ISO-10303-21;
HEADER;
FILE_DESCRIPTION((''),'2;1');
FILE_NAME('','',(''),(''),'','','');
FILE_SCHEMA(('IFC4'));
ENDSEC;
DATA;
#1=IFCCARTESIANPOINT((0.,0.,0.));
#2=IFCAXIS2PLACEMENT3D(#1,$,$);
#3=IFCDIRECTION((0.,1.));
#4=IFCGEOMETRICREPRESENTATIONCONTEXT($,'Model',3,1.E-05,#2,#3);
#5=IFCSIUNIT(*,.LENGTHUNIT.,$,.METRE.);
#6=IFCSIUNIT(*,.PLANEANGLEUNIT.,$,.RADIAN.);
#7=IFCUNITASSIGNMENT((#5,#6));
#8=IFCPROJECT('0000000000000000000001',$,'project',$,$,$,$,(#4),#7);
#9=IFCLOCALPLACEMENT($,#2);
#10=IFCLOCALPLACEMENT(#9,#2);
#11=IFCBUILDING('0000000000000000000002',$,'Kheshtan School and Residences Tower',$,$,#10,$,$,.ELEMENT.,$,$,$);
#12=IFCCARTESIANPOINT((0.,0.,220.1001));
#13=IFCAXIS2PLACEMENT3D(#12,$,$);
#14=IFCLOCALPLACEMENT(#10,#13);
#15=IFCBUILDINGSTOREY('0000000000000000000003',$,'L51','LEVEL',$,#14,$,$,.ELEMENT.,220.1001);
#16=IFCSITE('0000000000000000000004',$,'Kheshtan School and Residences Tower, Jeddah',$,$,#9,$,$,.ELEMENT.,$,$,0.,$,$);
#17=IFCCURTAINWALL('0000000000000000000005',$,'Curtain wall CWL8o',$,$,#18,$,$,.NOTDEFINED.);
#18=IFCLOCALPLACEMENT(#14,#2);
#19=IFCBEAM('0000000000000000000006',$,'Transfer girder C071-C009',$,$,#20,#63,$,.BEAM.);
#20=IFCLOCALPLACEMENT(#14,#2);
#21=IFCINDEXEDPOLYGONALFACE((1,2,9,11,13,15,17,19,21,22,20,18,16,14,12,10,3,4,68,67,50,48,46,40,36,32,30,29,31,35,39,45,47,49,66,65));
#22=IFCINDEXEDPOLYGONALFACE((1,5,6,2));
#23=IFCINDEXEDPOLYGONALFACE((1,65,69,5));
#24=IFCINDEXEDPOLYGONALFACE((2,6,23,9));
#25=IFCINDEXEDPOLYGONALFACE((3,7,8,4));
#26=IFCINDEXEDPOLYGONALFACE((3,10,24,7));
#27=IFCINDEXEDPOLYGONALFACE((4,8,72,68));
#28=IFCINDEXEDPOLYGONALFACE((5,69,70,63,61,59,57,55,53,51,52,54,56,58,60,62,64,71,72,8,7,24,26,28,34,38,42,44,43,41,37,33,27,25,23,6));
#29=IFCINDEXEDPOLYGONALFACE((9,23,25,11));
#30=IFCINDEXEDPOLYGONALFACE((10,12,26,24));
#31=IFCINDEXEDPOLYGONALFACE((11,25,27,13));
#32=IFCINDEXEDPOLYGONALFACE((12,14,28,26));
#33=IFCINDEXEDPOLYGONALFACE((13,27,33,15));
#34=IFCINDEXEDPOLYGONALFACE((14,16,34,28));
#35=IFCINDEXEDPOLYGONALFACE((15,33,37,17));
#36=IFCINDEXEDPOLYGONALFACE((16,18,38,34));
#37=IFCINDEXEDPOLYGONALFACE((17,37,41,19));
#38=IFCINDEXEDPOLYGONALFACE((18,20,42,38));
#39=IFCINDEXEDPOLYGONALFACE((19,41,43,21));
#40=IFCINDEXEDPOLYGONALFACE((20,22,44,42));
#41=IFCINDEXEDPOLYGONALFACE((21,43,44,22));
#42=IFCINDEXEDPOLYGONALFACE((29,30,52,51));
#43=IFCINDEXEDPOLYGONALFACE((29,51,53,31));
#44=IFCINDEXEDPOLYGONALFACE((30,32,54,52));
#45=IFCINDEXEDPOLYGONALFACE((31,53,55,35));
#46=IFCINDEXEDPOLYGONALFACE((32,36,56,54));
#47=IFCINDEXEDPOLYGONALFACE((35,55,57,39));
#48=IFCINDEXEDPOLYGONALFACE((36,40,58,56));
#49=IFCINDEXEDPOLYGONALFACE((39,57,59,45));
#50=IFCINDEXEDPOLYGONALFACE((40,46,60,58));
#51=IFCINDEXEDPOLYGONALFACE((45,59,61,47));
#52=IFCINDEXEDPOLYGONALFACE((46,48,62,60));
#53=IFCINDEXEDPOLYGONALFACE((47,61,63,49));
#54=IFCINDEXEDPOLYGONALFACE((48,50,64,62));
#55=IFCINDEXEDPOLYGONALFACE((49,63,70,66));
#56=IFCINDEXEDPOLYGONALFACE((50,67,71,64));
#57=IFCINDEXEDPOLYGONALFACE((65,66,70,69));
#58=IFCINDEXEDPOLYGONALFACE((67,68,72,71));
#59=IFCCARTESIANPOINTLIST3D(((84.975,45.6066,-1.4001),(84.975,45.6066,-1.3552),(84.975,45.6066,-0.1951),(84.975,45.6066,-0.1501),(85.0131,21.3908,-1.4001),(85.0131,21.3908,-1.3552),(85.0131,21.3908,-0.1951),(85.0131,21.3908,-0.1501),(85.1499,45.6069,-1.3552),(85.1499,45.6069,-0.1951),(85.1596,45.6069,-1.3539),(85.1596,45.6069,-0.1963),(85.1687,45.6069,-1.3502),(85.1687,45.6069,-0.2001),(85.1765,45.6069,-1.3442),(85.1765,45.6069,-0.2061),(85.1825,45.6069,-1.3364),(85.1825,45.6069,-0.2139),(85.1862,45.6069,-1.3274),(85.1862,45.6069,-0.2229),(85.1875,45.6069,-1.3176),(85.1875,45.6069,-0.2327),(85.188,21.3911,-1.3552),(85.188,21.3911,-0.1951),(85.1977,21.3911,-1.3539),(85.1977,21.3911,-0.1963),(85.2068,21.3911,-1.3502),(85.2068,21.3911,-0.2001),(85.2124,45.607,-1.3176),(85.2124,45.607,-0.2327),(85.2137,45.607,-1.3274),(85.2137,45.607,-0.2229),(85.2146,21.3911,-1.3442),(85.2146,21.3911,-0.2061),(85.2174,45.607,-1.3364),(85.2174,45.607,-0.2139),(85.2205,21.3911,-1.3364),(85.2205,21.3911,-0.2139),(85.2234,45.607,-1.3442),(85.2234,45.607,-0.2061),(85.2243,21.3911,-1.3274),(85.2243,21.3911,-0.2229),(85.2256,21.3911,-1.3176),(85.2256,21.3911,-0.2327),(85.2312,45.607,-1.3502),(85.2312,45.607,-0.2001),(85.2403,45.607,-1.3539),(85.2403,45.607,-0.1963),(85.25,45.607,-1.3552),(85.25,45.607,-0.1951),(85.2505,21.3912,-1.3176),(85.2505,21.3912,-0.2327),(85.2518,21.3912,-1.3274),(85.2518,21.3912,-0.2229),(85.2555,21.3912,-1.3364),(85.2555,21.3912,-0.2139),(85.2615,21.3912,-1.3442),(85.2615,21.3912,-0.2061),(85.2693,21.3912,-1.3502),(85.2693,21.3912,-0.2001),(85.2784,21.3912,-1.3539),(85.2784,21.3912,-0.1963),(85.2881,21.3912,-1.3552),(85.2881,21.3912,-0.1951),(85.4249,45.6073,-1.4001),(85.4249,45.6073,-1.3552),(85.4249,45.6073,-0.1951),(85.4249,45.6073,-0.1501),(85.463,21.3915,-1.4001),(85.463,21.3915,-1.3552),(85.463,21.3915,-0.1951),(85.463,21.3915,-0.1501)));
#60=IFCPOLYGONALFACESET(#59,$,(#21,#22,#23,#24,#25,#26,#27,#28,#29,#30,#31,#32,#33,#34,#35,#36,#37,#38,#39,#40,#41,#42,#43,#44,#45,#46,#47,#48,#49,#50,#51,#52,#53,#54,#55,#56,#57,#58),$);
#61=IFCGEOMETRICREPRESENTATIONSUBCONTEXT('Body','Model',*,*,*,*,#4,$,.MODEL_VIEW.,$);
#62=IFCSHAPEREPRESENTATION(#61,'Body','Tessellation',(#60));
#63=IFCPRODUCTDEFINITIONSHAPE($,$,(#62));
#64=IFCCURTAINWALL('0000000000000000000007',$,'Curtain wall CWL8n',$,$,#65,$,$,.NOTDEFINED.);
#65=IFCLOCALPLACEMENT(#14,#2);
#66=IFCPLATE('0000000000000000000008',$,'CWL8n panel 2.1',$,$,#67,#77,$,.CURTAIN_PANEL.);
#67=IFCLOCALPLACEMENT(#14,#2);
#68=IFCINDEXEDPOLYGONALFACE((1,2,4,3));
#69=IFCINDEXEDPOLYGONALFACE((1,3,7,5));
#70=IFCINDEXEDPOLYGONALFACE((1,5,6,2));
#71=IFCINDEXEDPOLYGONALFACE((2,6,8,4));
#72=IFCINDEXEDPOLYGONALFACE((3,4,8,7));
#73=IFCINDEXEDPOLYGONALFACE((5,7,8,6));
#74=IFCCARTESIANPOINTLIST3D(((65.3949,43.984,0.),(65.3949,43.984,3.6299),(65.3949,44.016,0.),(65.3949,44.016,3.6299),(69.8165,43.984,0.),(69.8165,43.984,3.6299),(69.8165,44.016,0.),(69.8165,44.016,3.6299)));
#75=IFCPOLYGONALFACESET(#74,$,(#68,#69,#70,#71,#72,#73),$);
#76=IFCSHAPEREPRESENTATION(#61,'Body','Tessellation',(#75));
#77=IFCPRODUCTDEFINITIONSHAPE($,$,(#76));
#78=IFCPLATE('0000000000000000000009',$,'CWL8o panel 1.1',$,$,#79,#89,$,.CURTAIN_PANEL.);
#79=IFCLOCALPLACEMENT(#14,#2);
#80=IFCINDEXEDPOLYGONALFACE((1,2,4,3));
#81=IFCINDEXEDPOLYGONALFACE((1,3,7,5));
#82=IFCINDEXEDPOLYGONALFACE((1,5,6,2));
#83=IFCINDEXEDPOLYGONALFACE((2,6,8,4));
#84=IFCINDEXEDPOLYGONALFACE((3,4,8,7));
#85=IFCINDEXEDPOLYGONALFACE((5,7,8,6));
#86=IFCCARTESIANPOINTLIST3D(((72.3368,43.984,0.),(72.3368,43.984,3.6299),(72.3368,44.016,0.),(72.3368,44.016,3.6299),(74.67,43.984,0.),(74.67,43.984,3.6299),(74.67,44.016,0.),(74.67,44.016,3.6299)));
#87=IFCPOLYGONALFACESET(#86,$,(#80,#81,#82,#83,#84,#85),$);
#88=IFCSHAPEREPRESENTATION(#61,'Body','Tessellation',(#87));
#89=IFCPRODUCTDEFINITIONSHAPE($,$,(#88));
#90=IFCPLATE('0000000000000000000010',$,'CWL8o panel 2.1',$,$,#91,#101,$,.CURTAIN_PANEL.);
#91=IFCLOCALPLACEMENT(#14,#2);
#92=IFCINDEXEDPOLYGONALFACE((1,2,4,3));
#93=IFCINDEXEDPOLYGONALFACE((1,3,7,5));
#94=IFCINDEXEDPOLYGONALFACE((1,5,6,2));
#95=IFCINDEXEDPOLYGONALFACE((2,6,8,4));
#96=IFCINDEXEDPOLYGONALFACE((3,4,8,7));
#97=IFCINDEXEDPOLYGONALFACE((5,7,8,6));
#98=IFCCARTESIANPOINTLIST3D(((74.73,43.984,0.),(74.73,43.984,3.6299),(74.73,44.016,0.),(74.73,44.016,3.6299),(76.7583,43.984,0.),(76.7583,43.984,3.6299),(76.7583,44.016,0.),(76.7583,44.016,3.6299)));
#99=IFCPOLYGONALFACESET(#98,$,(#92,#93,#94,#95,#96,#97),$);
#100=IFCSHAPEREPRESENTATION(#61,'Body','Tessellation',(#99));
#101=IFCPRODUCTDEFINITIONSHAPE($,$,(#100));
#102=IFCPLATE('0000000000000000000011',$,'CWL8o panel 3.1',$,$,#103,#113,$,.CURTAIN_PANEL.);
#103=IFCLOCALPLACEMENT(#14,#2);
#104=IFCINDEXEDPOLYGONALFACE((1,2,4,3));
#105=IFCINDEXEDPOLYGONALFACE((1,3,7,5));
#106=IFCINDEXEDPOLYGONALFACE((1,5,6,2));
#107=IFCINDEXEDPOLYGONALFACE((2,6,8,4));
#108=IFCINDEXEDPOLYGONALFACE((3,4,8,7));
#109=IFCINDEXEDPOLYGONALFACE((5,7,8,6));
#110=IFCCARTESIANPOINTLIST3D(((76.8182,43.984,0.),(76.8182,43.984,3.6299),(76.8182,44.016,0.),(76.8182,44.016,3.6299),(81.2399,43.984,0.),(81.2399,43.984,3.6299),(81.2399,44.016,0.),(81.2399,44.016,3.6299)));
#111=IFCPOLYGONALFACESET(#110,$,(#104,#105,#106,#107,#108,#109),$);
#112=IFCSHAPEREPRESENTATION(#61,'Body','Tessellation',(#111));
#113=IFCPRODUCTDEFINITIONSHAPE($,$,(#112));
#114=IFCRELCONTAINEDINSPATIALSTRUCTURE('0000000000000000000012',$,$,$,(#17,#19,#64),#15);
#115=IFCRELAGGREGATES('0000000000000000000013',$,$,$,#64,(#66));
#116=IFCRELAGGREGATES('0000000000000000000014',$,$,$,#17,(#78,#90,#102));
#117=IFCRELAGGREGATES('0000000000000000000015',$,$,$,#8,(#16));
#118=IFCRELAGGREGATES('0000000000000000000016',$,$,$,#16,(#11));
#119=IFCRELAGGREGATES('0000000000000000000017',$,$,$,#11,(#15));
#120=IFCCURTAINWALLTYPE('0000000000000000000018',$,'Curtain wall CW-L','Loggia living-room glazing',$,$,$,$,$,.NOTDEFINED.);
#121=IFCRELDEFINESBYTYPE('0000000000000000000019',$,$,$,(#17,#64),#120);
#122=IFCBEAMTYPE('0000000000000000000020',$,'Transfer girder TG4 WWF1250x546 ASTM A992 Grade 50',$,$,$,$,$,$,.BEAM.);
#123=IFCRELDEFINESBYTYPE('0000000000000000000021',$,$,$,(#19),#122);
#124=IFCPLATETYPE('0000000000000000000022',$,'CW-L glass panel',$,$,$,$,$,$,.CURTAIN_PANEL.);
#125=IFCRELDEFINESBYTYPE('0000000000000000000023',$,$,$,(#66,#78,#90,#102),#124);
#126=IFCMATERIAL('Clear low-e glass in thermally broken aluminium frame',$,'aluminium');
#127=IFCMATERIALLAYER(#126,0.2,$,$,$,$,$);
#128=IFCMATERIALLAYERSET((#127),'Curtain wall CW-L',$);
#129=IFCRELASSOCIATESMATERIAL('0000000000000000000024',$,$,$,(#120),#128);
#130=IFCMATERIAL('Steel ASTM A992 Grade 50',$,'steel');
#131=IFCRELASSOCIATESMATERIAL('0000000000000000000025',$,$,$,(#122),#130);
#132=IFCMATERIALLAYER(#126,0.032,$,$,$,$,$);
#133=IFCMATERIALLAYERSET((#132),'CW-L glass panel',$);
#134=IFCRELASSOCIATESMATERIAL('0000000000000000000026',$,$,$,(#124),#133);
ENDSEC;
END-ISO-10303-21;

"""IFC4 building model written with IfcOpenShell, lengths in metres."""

from ifc_helpers import new_model, si_unit, direction, frame, origin, origin_2d, place, context, subcontext, project, spatial, rectangle, i_section, extrude, material, layer, layer_set, material_profile, profile_set, type_object, element, aggregate, save


model = new_model("IFC4")

# Units and contexts
model_context = context("Model", 3, precision=1e-05, world=origin(), true_north=direction((0.0, 1.0)))
body_context = subcontext(model_context, "Body", "Model", "MODEL_VIEW")
ifc_project = project(units=[si_unit("LENGTHUNIT", "METRE"), si_unit("PLANEANGLEUNIT", "RADIAN")], contexts=[model_context])

# Site, building, storey
site_placement = place(None, origin())
site = spatial("IfcSite", under=ifc_project, at=site_placement, Name="Kheshtan School and Residences Tower, Jeddah", CompositionType="ELEMENT", RefElevation=0.0)
building_placement = place(site_placement, origin())
building = spatial("IfcBuilding", under=site, at=building_placement, Name="Kheshtan School and Residences Tower", CompositionType="ELEMENT")
storey_placement = place(building_placement, frame((0.0, 0.0, 220.1001)))
storey = spatial("IfcBuildingStorey", under=building, at=storey_placement, Name="L51", Description="LEVEL", CompositionType="ELEMENT", Elevation=220.1001)

# Shared definitions
ifc_material_1 = material(Name="Steel ASTM A992 Grade 50", Category="steel")

# Curtain wall
ifc_material_2 = material(Name="Clear low-e glass in thermally broken aluminium frame", Category="aluminium")
ifc_layer_1 = layer(ifc_material_2, 0.2)
ifc_layer_set_1 = layer_set([ifc_layer_1], Name="Curtain wall CW-L")
curtain_wall_type = type_object("IfcCurtainWallType", Name="Curtain wall CW-L", Description="Loggia living-room glazing", PredefinedType="NOTDEFINED", material=ifc_layer_set_1)
curtain_wall_1_placement = place(storey_placement, origin())
curtain_wall_1 = element("IfcCurtainWall", 1, at=curtain_wall_1_placement, inside=storey, type_object=curtain_wall_type, Name="Curtain wall CWL8o", PredefinedType="NOTDEFINED")

# Beam
ifc_material_profile_1 = material_profile(ifc_material_1, i_section(OverallWidth=0.45, OverallDepth=1.25, WebThickness=0.0249, FlangeThickness=0.0449, FilletRadius=0.0376, at=origin_2d()), Name="WWF1250x546")
ifc_profile_set_1 = profile_set([ifc_material_profile_1], Name="Steel ASTM A992 Grade 50")
beam_type_1 = type_object("IfcBeamType", Name="Transfer girder TG4 WWF1250x546 ASTM A992 Grade 50", PredefinedType="BEAM", material=ifc_profile_set_1)
beam_1_placement = place(storey_placement, frame((85.2, 45.6069, -0.7751), z_axis=(0.001573, -0.999999, 0.0), x_axis=(0.999999, 0.001573, 0.0)))
element("IfcBeam", 2, at=beam_1_placement, inside=storey, type_object=beam_type_1, Name="Transfer girder C071-C009", PredefinedType="BEAM", context=body_context, shape_type="SweptSolid", body=[
    extrude(i_section(OverallWidth=0.45, OverallDepth=1.25, WebThickness=0.0249, FlangeThickness=0.0449, FilletRadius=0.0376, at=origin_2d()), origin(), (0.0, 0.0, 1.0), 24.2158),
])

# Curtain wall, plate
curtain_wall_2_placement = place(storey_placement, origin())
curtain_wall_2 = element("IfcCurtainWall", 3, at=curtain_wall_2_placement, inside=storey, type_object=curtain_wall_type, Name="Curtain wall CWL8n", PredefinedType="NOTDEFINED")
ifc_layer_2 = layer(ifc_material_2, 0.032)
ifc_layer_set_2 = layer_set([ifc_layer_2], Name="CW-L glass panel")
plate_type = type_object("IfcPlateType", Name="CW-L glass panel", PredefinedType="CURTAIN_PANEL", material=ifc_layer_set_2)
plate_1_placement = place(storey_placement, frame((67.6057, 44.0, 0.0), z_axis=(0.0, 0.0, 1.0), x_axis=(1.0, 0.0, 0.0)))
plate_1 = element("IfcPlate", 4, at=plate_1_placement, type_object=plate_type, Name="CWL8n panel 2.1", PredefinedType="CURTAIN_PANEL", context=body_context, shape_type="SweptSolid", body=[
    extrude(rectangle(XDim=4.4216, YDim=0.032, at=origin_2d()), origin(), (0.0, 0.0, 1.0), 3.6299),
])
aggregate(curtain_wall_2, [plate_1])

# Plates
plate_2_placement = place(storey_placement, frame((73.5034, 44.0, 0.0), z_axis=(0.0, 0.0, 1.0), x_axis=(1.0, 0.0, 0.0)))
plate_2 = element("IfcPlate", 5, at=plate_2_placement, type_object=plate_type, Name="CWL8o panel 1.1", PredefinedType="CURTAIN_PANEL", context=body_context, shape_type="SweptSolid", body=[
    extrude(rectangle(XDim=2.3333, YDim=0.032, at=origin_2d()), origin(), (0.0, 0.0, 1.0), 3.6299),
])
plate_3_placement = place(storey_placement, frame((75.7441, 44.0, 0.0), z_axis=(0.0, 0.0, 1.0), x_axis=(1.0, 0.0, 0.0)))
plate_3 = element("IfcPlate", 6, at=plate_3_placement, type_object=plate_type, Name="CWL8o panel 2.1", PredefinedType="CURTAIN_PANEL", context=body_context, shape_type="SweptSolid", body=[
    extrude(rectangle(XDim=2.0283, YDim=0.032, at=origin_2d()), origin(), (0.0, 0.0, 1.0), 3.6299),
])
plate_4_placement = place(storey_placement, frame((79.0291, 44.0, 0.0), z_axis=(0.0, 0.0, 1.0), x_axis=(1.0, 0.0, 0.0)))
plate_4 = element("IfcPlate", 7, at=plate_4_placement, type_object=plate_type, Name="CWL8o panel 3.1", PredefinedType="CURTAIN_PANEL", context=body_context, shape_type="SweptSolid", body=[
    extrude(rectangle(XDim=4.4216, YDim=0.032, at=origin_2d()), origin(), (0.0, 0.0, 1.0), 3.6299),
])
aggregate(curtain_wall_1, [plate_2, plate_3, plate_4])

save(model, "model.ifc")
